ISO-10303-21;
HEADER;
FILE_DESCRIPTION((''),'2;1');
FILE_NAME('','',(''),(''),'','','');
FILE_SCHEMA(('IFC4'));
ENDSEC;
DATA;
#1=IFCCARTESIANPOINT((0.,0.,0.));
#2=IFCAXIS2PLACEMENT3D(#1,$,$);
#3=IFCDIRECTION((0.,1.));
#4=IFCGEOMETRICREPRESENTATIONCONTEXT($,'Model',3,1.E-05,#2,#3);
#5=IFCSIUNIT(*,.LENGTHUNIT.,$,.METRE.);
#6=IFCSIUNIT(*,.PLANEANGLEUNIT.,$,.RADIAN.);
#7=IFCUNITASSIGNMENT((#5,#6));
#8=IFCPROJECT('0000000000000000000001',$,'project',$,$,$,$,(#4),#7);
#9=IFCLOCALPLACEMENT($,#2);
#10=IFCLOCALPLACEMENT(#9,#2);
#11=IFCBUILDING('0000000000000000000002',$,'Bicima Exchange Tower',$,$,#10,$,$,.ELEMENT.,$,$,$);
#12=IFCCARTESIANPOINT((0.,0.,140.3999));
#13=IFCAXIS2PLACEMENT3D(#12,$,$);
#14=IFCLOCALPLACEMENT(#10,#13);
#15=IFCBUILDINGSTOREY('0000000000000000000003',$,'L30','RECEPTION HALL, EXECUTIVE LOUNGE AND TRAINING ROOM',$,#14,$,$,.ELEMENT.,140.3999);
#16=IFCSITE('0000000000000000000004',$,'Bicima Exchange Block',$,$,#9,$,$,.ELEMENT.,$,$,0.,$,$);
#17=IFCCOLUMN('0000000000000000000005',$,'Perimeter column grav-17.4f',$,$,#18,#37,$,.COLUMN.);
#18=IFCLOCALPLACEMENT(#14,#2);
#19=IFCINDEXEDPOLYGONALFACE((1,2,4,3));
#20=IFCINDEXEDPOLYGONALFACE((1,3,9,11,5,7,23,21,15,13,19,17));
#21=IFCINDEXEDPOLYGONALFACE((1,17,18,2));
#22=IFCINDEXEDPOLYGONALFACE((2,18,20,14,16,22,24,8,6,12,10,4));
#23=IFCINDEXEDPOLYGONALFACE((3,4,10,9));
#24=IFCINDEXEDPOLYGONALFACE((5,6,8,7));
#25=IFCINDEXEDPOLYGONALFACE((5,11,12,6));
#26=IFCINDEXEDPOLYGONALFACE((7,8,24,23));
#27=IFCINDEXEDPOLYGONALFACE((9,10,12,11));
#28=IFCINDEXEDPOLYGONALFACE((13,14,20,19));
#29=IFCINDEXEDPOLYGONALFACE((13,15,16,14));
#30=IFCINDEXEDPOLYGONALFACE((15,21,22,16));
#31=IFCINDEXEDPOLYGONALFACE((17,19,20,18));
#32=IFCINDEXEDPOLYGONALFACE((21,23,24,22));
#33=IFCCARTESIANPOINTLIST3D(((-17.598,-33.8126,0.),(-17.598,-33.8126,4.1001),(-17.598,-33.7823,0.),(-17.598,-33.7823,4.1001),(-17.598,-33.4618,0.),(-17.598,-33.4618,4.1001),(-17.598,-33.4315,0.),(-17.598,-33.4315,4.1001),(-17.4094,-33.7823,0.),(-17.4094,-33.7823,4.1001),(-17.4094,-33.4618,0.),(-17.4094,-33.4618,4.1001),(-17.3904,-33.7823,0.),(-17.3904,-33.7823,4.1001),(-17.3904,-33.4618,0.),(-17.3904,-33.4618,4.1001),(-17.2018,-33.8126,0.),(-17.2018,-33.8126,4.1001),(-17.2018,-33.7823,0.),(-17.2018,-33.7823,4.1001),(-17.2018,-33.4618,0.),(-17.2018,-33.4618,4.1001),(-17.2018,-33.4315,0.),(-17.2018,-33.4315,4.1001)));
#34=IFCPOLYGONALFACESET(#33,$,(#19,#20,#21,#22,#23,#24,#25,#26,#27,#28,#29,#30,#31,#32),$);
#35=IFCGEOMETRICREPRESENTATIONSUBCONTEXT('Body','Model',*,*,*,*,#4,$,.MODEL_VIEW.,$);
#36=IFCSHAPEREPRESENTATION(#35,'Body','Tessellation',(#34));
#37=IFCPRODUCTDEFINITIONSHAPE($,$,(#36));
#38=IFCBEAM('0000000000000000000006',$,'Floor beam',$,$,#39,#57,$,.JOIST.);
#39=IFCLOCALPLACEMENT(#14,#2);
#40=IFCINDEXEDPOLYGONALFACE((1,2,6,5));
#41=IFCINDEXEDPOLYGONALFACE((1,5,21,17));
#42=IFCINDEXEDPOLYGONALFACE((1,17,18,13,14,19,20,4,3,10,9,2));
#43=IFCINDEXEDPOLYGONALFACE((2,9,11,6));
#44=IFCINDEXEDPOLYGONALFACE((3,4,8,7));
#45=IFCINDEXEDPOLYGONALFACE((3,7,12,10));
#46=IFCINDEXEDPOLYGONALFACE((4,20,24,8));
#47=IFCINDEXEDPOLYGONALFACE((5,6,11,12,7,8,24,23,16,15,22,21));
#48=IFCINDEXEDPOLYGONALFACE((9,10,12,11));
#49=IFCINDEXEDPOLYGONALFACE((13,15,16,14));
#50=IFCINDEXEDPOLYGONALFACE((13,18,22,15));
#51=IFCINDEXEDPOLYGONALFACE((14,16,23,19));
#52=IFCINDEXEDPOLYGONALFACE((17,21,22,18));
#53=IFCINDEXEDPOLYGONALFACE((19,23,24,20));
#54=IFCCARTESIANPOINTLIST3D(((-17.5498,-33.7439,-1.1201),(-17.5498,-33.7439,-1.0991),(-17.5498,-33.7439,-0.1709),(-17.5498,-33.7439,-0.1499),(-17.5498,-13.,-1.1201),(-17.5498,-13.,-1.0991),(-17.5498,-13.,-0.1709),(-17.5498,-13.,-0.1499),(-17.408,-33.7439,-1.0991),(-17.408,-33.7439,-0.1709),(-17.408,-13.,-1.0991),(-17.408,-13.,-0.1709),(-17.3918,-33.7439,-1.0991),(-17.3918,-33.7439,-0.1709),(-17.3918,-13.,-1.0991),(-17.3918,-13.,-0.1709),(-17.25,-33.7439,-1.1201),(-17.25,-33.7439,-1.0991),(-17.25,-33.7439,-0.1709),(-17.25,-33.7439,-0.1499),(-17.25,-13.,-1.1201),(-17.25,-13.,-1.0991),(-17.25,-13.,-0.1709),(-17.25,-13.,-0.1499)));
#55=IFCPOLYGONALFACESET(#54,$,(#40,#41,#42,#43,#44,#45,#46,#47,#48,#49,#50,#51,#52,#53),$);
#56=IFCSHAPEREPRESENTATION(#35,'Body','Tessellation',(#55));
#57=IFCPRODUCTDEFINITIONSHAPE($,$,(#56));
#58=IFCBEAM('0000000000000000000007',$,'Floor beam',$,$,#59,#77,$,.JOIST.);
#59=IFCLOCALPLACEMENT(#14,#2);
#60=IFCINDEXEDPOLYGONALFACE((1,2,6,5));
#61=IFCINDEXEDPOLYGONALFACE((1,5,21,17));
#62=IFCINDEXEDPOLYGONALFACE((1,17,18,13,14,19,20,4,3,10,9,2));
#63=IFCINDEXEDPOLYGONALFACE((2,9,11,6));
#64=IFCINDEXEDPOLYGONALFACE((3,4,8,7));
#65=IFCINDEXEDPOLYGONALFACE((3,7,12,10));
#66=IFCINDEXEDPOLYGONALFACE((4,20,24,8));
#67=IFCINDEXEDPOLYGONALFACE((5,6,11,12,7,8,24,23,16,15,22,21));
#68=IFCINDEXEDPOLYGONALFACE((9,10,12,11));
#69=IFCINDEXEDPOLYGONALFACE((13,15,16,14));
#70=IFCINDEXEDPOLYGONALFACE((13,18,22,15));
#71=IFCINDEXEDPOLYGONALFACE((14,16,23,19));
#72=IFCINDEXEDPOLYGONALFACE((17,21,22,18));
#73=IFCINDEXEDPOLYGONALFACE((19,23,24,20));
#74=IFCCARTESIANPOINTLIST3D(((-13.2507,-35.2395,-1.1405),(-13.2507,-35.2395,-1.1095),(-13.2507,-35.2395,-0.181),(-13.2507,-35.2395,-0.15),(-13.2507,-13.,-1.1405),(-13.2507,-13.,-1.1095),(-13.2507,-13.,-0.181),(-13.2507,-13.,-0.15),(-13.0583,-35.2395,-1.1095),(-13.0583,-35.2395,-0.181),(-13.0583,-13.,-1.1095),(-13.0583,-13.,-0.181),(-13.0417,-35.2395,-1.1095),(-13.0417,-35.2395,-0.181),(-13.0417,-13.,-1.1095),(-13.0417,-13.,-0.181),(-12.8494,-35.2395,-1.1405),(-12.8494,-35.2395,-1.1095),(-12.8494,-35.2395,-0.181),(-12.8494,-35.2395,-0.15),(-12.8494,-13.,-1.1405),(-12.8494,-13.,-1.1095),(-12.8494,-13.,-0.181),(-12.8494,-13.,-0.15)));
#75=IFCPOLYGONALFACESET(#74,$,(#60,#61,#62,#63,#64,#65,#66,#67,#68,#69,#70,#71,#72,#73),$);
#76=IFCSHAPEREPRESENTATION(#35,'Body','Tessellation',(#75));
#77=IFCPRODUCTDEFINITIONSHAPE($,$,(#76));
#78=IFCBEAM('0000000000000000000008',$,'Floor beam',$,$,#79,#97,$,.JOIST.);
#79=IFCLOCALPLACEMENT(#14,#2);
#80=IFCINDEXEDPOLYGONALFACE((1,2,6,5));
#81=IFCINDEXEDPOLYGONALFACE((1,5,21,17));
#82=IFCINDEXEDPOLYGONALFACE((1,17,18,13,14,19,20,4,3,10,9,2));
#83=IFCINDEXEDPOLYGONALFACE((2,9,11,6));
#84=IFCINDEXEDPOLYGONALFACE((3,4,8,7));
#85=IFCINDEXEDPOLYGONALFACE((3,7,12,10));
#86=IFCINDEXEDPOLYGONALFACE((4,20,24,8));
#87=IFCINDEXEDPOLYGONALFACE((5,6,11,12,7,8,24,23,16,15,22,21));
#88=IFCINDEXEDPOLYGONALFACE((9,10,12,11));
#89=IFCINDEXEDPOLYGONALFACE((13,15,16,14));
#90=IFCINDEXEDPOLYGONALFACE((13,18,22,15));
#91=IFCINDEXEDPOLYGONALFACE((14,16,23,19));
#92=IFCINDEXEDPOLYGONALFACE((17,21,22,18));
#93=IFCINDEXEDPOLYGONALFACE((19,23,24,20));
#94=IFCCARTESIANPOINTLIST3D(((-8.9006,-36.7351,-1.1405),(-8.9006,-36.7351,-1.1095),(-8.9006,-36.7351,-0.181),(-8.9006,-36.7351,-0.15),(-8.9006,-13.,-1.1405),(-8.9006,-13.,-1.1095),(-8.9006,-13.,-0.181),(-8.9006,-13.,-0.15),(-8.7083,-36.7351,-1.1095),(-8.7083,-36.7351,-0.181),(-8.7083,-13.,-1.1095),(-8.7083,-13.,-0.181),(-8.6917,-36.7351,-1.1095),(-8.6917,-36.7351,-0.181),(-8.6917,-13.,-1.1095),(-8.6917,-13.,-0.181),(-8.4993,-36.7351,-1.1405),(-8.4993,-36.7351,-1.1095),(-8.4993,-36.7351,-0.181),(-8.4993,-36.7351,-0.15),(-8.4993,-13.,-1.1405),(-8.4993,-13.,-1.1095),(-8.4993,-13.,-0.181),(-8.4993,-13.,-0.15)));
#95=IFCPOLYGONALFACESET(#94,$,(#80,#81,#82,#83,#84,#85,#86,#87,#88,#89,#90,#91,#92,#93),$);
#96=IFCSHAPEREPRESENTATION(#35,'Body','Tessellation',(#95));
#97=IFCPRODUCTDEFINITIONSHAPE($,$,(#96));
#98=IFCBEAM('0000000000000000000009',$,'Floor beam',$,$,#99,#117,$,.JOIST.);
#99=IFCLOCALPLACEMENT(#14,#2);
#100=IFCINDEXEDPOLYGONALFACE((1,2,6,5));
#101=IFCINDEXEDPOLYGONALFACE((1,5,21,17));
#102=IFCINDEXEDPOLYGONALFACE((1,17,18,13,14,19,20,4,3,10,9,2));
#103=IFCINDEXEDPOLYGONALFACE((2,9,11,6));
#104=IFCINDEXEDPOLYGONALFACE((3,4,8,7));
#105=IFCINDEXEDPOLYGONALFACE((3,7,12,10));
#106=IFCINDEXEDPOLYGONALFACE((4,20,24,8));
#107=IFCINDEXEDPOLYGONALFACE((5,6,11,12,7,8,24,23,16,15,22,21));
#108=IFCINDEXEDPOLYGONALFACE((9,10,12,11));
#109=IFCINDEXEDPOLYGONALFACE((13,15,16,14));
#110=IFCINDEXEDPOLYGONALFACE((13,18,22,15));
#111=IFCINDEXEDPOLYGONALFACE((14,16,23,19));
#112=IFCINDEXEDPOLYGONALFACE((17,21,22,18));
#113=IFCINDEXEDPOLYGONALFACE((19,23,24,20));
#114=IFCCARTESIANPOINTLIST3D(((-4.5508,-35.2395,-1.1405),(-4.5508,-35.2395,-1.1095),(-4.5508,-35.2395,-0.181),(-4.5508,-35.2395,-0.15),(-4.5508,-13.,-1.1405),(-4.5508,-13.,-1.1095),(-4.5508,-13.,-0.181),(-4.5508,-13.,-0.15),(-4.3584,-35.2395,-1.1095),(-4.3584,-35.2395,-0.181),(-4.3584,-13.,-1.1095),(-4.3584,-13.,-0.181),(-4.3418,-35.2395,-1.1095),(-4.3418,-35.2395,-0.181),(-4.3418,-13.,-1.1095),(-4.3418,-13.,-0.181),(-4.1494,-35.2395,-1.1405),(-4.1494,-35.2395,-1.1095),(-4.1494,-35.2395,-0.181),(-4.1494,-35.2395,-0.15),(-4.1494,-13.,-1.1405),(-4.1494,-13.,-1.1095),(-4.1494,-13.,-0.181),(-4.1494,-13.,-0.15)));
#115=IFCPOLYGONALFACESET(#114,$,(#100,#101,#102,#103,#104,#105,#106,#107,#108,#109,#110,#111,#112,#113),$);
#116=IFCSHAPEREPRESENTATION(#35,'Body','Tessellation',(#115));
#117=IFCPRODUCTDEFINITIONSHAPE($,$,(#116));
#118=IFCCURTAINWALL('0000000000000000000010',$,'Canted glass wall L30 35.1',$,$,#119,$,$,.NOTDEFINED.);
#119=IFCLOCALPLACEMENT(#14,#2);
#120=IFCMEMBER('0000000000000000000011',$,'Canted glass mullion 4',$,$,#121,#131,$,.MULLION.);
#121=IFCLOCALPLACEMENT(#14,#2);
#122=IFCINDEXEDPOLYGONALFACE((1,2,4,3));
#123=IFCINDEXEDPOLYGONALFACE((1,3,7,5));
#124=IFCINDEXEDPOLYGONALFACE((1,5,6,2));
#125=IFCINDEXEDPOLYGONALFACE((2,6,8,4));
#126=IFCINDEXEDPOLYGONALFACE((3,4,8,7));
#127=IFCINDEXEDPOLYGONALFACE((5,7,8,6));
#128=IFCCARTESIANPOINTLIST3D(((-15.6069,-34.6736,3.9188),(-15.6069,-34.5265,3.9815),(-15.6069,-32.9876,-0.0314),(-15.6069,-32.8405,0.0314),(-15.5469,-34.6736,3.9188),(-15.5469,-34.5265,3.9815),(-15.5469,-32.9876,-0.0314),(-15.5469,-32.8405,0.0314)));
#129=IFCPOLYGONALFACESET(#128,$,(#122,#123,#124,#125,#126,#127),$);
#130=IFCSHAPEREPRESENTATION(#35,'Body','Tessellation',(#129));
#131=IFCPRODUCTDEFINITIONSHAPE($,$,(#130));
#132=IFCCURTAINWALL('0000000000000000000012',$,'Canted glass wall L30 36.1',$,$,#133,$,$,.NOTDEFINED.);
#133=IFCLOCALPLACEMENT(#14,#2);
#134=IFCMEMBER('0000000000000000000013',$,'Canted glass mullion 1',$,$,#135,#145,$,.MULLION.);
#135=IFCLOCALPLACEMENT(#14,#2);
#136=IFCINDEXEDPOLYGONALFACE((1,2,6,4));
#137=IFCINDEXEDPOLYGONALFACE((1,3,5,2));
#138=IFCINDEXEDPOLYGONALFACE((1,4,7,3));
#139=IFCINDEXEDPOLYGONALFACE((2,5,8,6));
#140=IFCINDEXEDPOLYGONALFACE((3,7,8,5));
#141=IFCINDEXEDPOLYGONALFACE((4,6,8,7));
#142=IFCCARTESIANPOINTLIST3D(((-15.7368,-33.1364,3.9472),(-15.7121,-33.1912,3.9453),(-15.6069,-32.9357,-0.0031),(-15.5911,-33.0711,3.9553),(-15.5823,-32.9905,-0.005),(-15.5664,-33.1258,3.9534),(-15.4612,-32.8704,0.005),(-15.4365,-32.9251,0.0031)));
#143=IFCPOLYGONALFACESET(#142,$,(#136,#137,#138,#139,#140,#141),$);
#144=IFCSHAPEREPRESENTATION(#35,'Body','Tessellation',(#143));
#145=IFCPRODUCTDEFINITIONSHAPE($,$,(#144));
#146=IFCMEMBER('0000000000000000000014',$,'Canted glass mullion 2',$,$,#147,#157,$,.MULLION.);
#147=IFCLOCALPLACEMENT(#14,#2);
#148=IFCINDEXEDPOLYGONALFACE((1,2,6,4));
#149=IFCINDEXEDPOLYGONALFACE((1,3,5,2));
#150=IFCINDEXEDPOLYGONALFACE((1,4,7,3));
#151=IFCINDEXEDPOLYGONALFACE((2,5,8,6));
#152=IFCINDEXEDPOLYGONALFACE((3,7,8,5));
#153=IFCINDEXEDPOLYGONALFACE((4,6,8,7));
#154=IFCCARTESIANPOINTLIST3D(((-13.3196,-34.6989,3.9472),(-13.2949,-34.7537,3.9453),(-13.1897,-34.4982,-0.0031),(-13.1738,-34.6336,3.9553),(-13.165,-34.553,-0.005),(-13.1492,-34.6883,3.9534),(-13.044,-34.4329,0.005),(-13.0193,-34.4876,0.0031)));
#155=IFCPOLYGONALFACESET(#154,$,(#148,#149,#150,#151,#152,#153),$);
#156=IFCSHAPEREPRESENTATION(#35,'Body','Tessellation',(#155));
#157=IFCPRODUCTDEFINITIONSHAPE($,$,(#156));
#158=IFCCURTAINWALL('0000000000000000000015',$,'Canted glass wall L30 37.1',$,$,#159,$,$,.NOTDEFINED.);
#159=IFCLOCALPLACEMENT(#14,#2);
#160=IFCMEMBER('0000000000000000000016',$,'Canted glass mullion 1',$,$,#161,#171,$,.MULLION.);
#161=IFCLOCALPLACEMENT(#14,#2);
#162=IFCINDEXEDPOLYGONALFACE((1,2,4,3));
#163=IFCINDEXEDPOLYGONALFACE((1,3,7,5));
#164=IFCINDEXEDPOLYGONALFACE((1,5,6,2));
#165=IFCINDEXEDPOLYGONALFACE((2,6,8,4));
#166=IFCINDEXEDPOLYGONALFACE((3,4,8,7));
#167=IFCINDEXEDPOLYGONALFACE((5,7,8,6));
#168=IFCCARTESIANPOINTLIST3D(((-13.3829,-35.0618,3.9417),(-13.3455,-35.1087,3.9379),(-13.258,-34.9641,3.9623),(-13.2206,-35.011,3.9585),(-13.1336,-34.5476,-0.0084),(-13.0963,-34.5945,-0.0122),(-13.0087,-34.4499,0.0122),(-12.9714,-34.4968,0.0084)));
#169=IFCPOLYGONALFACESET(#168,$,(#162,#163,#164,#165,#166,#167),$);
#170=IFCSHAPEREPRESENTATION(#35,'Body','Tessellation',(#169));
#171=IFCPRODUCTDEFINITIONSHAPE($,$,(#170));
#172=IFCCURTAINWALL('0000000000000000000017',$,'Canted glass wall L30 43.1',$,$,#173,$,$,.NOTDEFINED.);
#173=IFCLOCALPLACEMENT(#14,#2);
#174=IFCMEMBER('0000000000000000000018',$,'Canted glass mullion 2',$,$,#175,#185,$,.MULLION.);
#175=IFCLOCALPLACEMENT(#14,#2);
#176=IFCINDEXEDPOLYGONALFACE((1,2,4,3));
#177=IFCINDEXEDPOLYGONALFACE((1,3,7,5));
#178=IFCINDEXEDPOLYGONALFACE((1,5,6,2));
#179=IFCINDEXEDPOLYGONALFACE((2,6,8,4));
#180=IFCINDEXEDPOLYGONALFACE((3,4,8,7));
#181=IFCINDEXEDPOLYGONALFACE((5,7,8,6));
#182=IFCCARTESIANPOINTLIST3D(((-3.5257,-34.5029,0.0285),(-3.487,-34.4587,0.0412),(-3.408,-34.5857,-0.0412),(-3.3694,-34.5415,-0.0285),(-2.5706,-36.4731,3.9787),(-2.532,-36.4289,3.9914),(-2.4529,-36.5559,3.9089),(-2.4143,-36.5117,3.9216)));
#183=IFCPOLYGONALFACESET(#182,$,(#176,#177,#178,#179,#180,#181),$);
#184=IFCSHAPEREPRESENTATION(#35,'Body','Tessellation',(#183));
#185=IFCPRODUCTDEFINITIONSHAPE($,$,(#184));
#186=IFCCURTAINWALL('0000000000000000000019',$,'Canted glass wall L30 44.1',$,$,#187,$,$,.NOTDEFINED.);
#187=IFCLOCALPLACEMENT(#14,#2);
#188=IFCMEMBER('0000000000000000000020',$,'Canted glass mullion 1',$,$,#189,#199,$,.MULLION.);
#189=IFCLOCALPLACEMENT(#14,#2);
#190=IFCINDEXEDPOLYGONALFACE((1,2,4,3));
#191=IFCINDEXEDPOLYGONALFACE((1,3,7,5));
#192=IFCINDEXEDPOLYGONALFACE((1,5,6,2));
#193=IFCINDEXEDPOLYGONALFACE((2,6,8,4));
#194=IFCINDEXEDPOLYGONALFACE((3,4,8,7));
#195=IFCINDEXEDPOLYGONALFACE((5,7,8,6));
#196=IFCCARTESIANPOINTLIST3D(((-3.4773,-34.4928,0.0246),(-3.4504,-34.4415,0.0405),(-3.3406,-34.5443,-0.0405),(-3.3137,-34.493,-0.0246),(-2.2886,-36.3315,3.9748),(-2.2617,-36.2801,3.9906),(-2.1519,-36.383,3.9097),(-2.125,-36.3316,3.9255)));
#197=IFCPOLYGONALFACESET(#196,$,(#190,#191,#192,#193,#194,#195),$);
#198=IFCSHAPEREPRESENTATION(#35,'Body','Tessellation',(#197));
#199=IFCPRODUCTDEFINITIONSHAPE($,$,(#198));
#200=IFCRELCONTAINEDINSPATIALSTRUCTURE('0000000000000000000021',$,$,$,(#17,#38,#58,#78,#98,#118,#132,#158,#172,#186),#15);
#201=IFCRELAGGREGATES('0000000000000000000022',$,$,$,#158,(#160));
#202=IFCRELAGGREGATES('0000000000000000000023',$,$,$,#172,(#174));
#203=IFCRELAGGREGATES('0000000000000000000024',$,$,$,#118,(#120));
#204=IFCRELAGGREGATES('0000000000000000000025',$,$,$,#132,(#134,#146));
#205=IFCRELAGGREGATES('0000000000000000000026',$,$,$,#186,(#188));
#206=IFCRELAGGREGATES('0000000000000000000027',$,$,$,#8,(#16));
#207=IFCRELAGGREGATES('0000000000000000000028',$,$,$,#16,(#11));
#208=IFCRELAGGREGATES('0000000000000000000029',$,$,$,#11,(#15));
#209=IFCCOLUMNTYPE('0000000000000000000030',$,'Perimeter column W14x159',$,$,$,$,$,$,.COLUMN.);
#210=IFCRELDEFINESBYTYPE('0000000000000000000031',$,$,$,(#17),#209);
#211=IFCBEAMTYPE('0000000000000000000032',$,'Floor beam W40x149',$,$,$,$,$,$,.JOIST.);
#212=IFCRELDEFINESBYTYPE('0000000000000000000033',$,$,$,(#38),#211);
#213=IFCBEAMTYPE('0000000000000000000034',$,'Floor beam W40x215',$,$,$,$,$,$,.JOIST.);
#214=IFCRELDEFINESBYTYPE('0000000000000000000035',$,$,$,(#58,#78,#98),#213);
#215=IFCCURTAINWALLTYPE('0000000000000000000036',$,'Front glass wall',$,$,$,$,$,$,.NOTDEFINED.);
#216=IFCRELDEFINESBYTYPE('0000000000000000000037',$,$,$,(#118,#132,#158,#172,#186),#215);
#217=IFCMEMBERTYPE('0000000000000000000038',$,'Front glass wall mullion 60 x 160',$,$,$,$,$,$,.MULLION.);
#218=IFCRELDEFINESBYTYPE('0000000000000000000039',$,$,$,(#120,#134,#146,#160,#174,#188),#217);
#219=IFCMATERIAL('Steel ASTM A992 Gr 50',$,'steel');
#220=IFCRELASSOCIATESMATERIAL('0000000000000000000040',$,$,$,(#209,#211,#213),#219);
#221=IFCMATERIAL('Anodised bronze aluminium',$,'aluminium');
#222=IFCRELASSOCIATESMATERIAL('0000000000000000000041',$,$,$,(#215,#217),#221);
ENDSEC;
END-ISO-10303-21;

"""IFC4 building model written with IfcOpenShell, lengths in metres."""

from ifc_helpers import new_model, si_unit, direction, frame, origin, origin_2d, place, context, subcontext, project, spatial, rectangle, i_section, extrude, material, material_profile, profile_set, type_object, element, aggregate, save


model = new_model("IFC4")

# Units and contexts
model_context = context("Model", 3, precision=1e-05, world=origin(), true_north=direction((0.0, 1.0)))
body_context = subcontext(model_context, "Body", "Model", "MODEL_VIEW")
ifc_project = project(units=[si_unit("LENGTHUNIT", "METRE"), si_unit("PLANEANGLEUNIT", "RADIAN")], contexts=[model_context])

# Site, building, storey
site_placement = place(None, origin())
site = spatial("IfcSite", under=ifc_project, at=site_placement, Name="Bicima Exchange Block", CompositionType="ELEMENT", RefElevation=0.0)
building_placement = place(site_placement, origin())
building = spatial("IfcBuilding", under=site, at=building_placement, Name="Bicima Exchange Tower", CompositionType="ELEMENT")
storey_placement = place(building_placement, frame((0.0, 0.0, 140.3999)))
storey = spatial("IfcBuildingStorey", under=building, at=storey_placement, Name="L30", Description="RECEPTION HALL, EXECUTIVE LOUNGE AND TRAINING ROOM", CompositionType="ELEMENT", Elevation=140.3999)

# Column
ifc_material_1 = material(Name="Steel ASTM A992 Gr 50", Category="steel")
ifc_material_profile_1 = material_profile(ifc_material_1, i_section(OverallWidth=0.3962, OverallDepth=0.3811, WebThickness=0.019, FlangeThickness=0.0303, at=origin_2d()))
ifc_profile_set_1 = profile_set([ifc_material_profile_1], Name="Steel ASTM A992 Gr 50")
column_type = type_object("IfcColumnType", Name="Perimeter column W14x159", PredefinedType="COLUMN", material=ifc_profile_set_1)
column_placement = place(storey_placement, frame((-17.3999, -33.6221, 0.0), z_axis=(0.0, 0.0, 1.0), x_axis=(1.0, 0.0, 0.0)))
element("IfcColumn", 1, at=column_placement, inside=storey, type_object=column_type, Name="Perimeter column grav-17.4f", PredefinedType="COLUMN", context=body_context, shape_type="SweptSolid", body=[
    extrude(i_section(OverallWidth=0.3962, OverallDepth=0.3811, WebThickness=0.019, FlangeThickness=0.0303, at=origin_2d()), origin(), (0.0, 0.0, 1.0), 4.1001),
])

# Beams
ifc_material_profile_2 = material_profile(ifc_material_1, i_section(OverallWidth=0.2998, OverallDepth=0.9702, WebThickness=0.0161, FlangeThickness=0.021, at=origin_2d()))
ifc_profile_set_2 = profile_set([ifc_material_profile_2], Name="Steel ASTM A992 Gr 50")
beam_type_1 = type_object("IfcBeamType", Name="Floor beam W40x149", PredefinedType="JOIST", material=ifc_profile_set_2)
beam_1_placement = place(storey_placement, frame((-17.3999, -13.0, -0.635), z_axis=(0.0, -1.0, 0.0), x_axis=(1.0, 0.0, 0.0)))
element("IfcBeam", 2, at=beam_1_placement, inside=storey, type_object=beam_type_1, Name="Floor beam", PredefinedType="JOIST", context=body_context, shape_type="SweptSolid", body=[
    extrude(i_section(OverallWidth=0.2998, OverallDepth=0.9702, WebThickness=0.0161, FlangeThickness=0.021, at=origin_2d()), origin(), (0.0, 0.0, 1.0), 20.7439),
])
ifc_material_profile_3 = material_profile(ifc_material_1, i_section(OverallWidth=0.4014, OverallDepth=0.9905, WebThickness=0.0166, FlangeThickness=0.031, at=origin_2d()))
ifc_profile_set_3 = profile_set([ifc_material_profile_3], Name="Steel ASTM A992 Gr 50")
beam_type_2 = type_object("IfcBeamType", Name="Floor beam W40x215", PredefinedType="JOIST", material=ifc_profile_set_3)
beam_2_placement = place(storey_placement, frame((-13.05, -13.0, -0.6453), z_axis=(0.0, -1.0, 0.0), x_axis=(1.0, 0.0, 0.0)))
element("IfcBeam", 3, at=beam_2_placement, inside=storey, type_object=beam_type_2, Name="Floor beam", PredefinedType="JOIST", context=body_context, shape_type="SweptSolid", body=[
    extrude(i_section(OverallWidth=0.4014, OverallDepth=0.9905, WebThickness=0.0166, FlangeThickness=0.031, at=origin_2d()), origin(), (0.0, 0.0, 1.0), 22.2395),
])
beam_3_placement = place(storey_placement, frame((-8.7, -13.0, -0.6453), z_axis=(0.0, -1.0, 0.0), x_axis=(1.0, 0.0, 0.0)))
element("IfcBeam", 4, at=beam_3_placement, inside=storey, type_object=beam_type_2, Name="Floor beam", PredefinedType="JOIST", context=body_context, shape_type="SweptSolid", body=[
    extrude(i_section(OverallWidth=0.4014, OverallDepth=0.9905, WebThickness=0.0166, FlangeThickness=0.031, at=origin_2d()), origin(), (0.0, 0.0, 1.0), 23.7351),
])
beam_4_placement = place(storey_placement, frame((-4.3501, -13.0, -0.6453), z_axis=(0.0, -1.0, 0.0), x_axis=(1.0, 0.0, 0.0)))
element("IfcBeam", 5, at=beam_4_placement, inside=storey, type_object=beam_type_2, Name="Floor beam", PredefinedType="JOIST", context=body_context, shape_type="SweptSolid", body=[
    extrude(i_section(OverallWidth=0.4014, OverallDepth=0.9905, WebThickness=0.0166, FlangeThickness=0.031, at=origin_2d()), origin(), (0.0, 0.0, 1.0), 22.2395),
])

# Curtain wall, member
ifc_material_2 = material(Name="Anodised bronze aluminium", Category="aluminium")
curtain_wall_type = type_object("IfcCurtainWallType", Name="Front glass wall", PredefinedType="NOTDEFINED", material=ifc_material_2)
curtain_wall_1_placement = place(storey_placement, origin())
curtain_wall_1 = element("IfcCurtainWall", 6, at=curtain_wall_1_placement, inside=storey, type_object=curtain_wall_type, Name="Canted glass wall L30 35.1", PredefinedType="NOTDEFINED")
ifc_material_profile_4 = material_profile(ifc_material_2, rectangle(XDim=0.1599, YDim=0.0601, at=origin_2d()))
ifc_profile_set_4 = profile_set([ifc_material_profile_4], Name="Anodised bronze aluminium")
member_type_1 = type_object("IfcMemberType", Name="Front glass wall mullion 60 x 160", PredefinedType="MULLION", material=ifc_profile_set_4)
member_1_placement = place(storey_placement, frame((-15.5769, -32.9141, 0.0), z_axis=(0.0, -0.392561, 0.919726), x_axis=(0.0, 0.919726, 0.392561)))
member_1 = element("IfcMember", 7, at=member_1_placement, type_object=member_type_1, Name="Canted glass mullion 4", PredefinedType="MULLION", context=body_context, shape_type="SweptSolid", body=[
    extrude(rectangle(XDim=0.1599, YDim=0.0601, at=origin_2d()), origin(), (0.0, 0.0, 1.0), 4.2949),
])

# Curtain wall, members
curtain_wall_2_placement = place(storey_placement, origin())
curtain_wall_2 = element("IfcCurtainWall", 8, at=curtain_wall_2_placement, inside=storey, type_object=curtain_wall_type, Name="Canted glass wall L30 36.1", PredefinedType="NOTDEFINED")
member_2_placement = place(storey_placement, frame((-15.5217, -32.9304, 0.0), z_axis=(-0.03282, -0.050711, 0.998174), x_axis=(0.911231, 0.408759, 0.050728)))
member_2 = element("IfcMember", 9, at=member_2_placement, type_object=member_type_1, Name="Canted glass mullion 1", PredefinedType="MULLION", context=body_context, shape_type="SweptSolid", body=[
    extrude(rectangle(XDim=0.1599, YDim=0.0601, at=origin_2d()), origin(), (0.0, 0.0, 1.0), 3.9575),
])
member_3_placement = place(storey_placement, frame((-13.1045, -34.4929, 0.0), z_axis=(-0.03282, -0.050711, 0.998174), x_axis=(0.911231, 0.408759, 0.050728)))
member_3 = element("IfcMember", 10, at=member_3_placement, type_object=member_type_1, Name="Canted glass mullion 2", PredefinedType="MULLION", context=body_context, shape_type="SweptSolid", body=[
    extrude(rectangle(XDim=0.1599, YDim=0.0601, at=origin_2d()), origin(), (0.0, 0.0, 1.0), 3.9575),
])

# Curtain walls, members
curtain_wall_3_placement = place(storey_placement, origin())
curtain_wall_3 = element("IfcCurtainWall", 11, at=curtain_wall_3_placement, inside=storey, type_object=curtain_wall_type, Name="Canted glass wall L30 37.1", PredefinedType="NOTDEFINED")
member_4_placement = place(storey_placement, frame((-13.0525, -34.5222, 0.0), z_axis=(-0.062453, -0.12882, 0.989699), x_axis=(0.781052, 0.611035, 0.128819)))
member_4 = element("IfcMember", 12, at=member_4_placement, type_object=member_type_1, Name="Canted glass mullion 1", PredefinedType="MULLION", context=body_context, shape_type="SweptSolid", body=[
    extrude(rectangle(XDim=0.1599, YDim=0.0601, at=origin_2d()), origin(), (0.0, 0.0, 1.0), 3.9912),
])
aggregate(curtain_wall_3, [member_4])
curtain_wall_4_placement = place(storey_placement, origin())
curtain_wall_4 = element("IfcCurtainWall", 13, at=curtain_wall_4_placement, inside=storey, type_object=curtain_wall_type, Name="Canted glass wall L30 43.1", PredefinedType="NOTDEFINED")
member_5_placement = place(storey_placement, frame((-3.4475, -34.5222, 0.0), z_axis=(0.211468, -0.436235, 0.874632), x_axis=(-0.735863, 0.517894, 0.436224)))
member_5 = element("IfcMember", 14, at=member_5_placement, type_object=member_type_1, Name="Canted glass mullion 2", PredefinedType="MULLION", context=body_context, shape_type="SweptSolid", body=[
    extrude(rectangle(XDim=0.1599, YDim=0.0601, at=origin_2d()), origin(), (0.0, 0.0, 1.0), 4.5164),
])
aggregate(curtain_wall_4, [member_5])
curtain_wall_5_placement = place(storey_placement, origin())
curtain_wall_5 = element("IfcCurtainWall", 15, at=curtain_wall_5_placement, inside=storey, type_object=curtain_wall_type, Name="Canted glass wall L30 44.1", PredefinedType="NOTDEFINED")
member_6_placement = place(storey_placement, frame((-3.3955, -34.4929, 0.0), z_axis=(0.263202, -0.407102, 0.874639), x_axis=(-0.854711, 0.322069, 0.407113)))
member_6 = element("IfcMember", 16, at=member_6_placement, type_object=member_type_1, Name="Canted glass mullion 1", PredefinedType="MULLION", context=body_context, shape_type="SweptSolid", body=[
    extrude(rectangle(XDim=0.1599, YDim=0.0601, at=origin_2d()), origin(), (0.0, 0.0, 1.0), 4.5164),
])

aggregate(curtain_wall_1, [member_1])
aggregate(curtain_wall_2, [member_2, member_3])
aggregate(curtain_wall_5, [member_6])

save(model, "model.ifc")
